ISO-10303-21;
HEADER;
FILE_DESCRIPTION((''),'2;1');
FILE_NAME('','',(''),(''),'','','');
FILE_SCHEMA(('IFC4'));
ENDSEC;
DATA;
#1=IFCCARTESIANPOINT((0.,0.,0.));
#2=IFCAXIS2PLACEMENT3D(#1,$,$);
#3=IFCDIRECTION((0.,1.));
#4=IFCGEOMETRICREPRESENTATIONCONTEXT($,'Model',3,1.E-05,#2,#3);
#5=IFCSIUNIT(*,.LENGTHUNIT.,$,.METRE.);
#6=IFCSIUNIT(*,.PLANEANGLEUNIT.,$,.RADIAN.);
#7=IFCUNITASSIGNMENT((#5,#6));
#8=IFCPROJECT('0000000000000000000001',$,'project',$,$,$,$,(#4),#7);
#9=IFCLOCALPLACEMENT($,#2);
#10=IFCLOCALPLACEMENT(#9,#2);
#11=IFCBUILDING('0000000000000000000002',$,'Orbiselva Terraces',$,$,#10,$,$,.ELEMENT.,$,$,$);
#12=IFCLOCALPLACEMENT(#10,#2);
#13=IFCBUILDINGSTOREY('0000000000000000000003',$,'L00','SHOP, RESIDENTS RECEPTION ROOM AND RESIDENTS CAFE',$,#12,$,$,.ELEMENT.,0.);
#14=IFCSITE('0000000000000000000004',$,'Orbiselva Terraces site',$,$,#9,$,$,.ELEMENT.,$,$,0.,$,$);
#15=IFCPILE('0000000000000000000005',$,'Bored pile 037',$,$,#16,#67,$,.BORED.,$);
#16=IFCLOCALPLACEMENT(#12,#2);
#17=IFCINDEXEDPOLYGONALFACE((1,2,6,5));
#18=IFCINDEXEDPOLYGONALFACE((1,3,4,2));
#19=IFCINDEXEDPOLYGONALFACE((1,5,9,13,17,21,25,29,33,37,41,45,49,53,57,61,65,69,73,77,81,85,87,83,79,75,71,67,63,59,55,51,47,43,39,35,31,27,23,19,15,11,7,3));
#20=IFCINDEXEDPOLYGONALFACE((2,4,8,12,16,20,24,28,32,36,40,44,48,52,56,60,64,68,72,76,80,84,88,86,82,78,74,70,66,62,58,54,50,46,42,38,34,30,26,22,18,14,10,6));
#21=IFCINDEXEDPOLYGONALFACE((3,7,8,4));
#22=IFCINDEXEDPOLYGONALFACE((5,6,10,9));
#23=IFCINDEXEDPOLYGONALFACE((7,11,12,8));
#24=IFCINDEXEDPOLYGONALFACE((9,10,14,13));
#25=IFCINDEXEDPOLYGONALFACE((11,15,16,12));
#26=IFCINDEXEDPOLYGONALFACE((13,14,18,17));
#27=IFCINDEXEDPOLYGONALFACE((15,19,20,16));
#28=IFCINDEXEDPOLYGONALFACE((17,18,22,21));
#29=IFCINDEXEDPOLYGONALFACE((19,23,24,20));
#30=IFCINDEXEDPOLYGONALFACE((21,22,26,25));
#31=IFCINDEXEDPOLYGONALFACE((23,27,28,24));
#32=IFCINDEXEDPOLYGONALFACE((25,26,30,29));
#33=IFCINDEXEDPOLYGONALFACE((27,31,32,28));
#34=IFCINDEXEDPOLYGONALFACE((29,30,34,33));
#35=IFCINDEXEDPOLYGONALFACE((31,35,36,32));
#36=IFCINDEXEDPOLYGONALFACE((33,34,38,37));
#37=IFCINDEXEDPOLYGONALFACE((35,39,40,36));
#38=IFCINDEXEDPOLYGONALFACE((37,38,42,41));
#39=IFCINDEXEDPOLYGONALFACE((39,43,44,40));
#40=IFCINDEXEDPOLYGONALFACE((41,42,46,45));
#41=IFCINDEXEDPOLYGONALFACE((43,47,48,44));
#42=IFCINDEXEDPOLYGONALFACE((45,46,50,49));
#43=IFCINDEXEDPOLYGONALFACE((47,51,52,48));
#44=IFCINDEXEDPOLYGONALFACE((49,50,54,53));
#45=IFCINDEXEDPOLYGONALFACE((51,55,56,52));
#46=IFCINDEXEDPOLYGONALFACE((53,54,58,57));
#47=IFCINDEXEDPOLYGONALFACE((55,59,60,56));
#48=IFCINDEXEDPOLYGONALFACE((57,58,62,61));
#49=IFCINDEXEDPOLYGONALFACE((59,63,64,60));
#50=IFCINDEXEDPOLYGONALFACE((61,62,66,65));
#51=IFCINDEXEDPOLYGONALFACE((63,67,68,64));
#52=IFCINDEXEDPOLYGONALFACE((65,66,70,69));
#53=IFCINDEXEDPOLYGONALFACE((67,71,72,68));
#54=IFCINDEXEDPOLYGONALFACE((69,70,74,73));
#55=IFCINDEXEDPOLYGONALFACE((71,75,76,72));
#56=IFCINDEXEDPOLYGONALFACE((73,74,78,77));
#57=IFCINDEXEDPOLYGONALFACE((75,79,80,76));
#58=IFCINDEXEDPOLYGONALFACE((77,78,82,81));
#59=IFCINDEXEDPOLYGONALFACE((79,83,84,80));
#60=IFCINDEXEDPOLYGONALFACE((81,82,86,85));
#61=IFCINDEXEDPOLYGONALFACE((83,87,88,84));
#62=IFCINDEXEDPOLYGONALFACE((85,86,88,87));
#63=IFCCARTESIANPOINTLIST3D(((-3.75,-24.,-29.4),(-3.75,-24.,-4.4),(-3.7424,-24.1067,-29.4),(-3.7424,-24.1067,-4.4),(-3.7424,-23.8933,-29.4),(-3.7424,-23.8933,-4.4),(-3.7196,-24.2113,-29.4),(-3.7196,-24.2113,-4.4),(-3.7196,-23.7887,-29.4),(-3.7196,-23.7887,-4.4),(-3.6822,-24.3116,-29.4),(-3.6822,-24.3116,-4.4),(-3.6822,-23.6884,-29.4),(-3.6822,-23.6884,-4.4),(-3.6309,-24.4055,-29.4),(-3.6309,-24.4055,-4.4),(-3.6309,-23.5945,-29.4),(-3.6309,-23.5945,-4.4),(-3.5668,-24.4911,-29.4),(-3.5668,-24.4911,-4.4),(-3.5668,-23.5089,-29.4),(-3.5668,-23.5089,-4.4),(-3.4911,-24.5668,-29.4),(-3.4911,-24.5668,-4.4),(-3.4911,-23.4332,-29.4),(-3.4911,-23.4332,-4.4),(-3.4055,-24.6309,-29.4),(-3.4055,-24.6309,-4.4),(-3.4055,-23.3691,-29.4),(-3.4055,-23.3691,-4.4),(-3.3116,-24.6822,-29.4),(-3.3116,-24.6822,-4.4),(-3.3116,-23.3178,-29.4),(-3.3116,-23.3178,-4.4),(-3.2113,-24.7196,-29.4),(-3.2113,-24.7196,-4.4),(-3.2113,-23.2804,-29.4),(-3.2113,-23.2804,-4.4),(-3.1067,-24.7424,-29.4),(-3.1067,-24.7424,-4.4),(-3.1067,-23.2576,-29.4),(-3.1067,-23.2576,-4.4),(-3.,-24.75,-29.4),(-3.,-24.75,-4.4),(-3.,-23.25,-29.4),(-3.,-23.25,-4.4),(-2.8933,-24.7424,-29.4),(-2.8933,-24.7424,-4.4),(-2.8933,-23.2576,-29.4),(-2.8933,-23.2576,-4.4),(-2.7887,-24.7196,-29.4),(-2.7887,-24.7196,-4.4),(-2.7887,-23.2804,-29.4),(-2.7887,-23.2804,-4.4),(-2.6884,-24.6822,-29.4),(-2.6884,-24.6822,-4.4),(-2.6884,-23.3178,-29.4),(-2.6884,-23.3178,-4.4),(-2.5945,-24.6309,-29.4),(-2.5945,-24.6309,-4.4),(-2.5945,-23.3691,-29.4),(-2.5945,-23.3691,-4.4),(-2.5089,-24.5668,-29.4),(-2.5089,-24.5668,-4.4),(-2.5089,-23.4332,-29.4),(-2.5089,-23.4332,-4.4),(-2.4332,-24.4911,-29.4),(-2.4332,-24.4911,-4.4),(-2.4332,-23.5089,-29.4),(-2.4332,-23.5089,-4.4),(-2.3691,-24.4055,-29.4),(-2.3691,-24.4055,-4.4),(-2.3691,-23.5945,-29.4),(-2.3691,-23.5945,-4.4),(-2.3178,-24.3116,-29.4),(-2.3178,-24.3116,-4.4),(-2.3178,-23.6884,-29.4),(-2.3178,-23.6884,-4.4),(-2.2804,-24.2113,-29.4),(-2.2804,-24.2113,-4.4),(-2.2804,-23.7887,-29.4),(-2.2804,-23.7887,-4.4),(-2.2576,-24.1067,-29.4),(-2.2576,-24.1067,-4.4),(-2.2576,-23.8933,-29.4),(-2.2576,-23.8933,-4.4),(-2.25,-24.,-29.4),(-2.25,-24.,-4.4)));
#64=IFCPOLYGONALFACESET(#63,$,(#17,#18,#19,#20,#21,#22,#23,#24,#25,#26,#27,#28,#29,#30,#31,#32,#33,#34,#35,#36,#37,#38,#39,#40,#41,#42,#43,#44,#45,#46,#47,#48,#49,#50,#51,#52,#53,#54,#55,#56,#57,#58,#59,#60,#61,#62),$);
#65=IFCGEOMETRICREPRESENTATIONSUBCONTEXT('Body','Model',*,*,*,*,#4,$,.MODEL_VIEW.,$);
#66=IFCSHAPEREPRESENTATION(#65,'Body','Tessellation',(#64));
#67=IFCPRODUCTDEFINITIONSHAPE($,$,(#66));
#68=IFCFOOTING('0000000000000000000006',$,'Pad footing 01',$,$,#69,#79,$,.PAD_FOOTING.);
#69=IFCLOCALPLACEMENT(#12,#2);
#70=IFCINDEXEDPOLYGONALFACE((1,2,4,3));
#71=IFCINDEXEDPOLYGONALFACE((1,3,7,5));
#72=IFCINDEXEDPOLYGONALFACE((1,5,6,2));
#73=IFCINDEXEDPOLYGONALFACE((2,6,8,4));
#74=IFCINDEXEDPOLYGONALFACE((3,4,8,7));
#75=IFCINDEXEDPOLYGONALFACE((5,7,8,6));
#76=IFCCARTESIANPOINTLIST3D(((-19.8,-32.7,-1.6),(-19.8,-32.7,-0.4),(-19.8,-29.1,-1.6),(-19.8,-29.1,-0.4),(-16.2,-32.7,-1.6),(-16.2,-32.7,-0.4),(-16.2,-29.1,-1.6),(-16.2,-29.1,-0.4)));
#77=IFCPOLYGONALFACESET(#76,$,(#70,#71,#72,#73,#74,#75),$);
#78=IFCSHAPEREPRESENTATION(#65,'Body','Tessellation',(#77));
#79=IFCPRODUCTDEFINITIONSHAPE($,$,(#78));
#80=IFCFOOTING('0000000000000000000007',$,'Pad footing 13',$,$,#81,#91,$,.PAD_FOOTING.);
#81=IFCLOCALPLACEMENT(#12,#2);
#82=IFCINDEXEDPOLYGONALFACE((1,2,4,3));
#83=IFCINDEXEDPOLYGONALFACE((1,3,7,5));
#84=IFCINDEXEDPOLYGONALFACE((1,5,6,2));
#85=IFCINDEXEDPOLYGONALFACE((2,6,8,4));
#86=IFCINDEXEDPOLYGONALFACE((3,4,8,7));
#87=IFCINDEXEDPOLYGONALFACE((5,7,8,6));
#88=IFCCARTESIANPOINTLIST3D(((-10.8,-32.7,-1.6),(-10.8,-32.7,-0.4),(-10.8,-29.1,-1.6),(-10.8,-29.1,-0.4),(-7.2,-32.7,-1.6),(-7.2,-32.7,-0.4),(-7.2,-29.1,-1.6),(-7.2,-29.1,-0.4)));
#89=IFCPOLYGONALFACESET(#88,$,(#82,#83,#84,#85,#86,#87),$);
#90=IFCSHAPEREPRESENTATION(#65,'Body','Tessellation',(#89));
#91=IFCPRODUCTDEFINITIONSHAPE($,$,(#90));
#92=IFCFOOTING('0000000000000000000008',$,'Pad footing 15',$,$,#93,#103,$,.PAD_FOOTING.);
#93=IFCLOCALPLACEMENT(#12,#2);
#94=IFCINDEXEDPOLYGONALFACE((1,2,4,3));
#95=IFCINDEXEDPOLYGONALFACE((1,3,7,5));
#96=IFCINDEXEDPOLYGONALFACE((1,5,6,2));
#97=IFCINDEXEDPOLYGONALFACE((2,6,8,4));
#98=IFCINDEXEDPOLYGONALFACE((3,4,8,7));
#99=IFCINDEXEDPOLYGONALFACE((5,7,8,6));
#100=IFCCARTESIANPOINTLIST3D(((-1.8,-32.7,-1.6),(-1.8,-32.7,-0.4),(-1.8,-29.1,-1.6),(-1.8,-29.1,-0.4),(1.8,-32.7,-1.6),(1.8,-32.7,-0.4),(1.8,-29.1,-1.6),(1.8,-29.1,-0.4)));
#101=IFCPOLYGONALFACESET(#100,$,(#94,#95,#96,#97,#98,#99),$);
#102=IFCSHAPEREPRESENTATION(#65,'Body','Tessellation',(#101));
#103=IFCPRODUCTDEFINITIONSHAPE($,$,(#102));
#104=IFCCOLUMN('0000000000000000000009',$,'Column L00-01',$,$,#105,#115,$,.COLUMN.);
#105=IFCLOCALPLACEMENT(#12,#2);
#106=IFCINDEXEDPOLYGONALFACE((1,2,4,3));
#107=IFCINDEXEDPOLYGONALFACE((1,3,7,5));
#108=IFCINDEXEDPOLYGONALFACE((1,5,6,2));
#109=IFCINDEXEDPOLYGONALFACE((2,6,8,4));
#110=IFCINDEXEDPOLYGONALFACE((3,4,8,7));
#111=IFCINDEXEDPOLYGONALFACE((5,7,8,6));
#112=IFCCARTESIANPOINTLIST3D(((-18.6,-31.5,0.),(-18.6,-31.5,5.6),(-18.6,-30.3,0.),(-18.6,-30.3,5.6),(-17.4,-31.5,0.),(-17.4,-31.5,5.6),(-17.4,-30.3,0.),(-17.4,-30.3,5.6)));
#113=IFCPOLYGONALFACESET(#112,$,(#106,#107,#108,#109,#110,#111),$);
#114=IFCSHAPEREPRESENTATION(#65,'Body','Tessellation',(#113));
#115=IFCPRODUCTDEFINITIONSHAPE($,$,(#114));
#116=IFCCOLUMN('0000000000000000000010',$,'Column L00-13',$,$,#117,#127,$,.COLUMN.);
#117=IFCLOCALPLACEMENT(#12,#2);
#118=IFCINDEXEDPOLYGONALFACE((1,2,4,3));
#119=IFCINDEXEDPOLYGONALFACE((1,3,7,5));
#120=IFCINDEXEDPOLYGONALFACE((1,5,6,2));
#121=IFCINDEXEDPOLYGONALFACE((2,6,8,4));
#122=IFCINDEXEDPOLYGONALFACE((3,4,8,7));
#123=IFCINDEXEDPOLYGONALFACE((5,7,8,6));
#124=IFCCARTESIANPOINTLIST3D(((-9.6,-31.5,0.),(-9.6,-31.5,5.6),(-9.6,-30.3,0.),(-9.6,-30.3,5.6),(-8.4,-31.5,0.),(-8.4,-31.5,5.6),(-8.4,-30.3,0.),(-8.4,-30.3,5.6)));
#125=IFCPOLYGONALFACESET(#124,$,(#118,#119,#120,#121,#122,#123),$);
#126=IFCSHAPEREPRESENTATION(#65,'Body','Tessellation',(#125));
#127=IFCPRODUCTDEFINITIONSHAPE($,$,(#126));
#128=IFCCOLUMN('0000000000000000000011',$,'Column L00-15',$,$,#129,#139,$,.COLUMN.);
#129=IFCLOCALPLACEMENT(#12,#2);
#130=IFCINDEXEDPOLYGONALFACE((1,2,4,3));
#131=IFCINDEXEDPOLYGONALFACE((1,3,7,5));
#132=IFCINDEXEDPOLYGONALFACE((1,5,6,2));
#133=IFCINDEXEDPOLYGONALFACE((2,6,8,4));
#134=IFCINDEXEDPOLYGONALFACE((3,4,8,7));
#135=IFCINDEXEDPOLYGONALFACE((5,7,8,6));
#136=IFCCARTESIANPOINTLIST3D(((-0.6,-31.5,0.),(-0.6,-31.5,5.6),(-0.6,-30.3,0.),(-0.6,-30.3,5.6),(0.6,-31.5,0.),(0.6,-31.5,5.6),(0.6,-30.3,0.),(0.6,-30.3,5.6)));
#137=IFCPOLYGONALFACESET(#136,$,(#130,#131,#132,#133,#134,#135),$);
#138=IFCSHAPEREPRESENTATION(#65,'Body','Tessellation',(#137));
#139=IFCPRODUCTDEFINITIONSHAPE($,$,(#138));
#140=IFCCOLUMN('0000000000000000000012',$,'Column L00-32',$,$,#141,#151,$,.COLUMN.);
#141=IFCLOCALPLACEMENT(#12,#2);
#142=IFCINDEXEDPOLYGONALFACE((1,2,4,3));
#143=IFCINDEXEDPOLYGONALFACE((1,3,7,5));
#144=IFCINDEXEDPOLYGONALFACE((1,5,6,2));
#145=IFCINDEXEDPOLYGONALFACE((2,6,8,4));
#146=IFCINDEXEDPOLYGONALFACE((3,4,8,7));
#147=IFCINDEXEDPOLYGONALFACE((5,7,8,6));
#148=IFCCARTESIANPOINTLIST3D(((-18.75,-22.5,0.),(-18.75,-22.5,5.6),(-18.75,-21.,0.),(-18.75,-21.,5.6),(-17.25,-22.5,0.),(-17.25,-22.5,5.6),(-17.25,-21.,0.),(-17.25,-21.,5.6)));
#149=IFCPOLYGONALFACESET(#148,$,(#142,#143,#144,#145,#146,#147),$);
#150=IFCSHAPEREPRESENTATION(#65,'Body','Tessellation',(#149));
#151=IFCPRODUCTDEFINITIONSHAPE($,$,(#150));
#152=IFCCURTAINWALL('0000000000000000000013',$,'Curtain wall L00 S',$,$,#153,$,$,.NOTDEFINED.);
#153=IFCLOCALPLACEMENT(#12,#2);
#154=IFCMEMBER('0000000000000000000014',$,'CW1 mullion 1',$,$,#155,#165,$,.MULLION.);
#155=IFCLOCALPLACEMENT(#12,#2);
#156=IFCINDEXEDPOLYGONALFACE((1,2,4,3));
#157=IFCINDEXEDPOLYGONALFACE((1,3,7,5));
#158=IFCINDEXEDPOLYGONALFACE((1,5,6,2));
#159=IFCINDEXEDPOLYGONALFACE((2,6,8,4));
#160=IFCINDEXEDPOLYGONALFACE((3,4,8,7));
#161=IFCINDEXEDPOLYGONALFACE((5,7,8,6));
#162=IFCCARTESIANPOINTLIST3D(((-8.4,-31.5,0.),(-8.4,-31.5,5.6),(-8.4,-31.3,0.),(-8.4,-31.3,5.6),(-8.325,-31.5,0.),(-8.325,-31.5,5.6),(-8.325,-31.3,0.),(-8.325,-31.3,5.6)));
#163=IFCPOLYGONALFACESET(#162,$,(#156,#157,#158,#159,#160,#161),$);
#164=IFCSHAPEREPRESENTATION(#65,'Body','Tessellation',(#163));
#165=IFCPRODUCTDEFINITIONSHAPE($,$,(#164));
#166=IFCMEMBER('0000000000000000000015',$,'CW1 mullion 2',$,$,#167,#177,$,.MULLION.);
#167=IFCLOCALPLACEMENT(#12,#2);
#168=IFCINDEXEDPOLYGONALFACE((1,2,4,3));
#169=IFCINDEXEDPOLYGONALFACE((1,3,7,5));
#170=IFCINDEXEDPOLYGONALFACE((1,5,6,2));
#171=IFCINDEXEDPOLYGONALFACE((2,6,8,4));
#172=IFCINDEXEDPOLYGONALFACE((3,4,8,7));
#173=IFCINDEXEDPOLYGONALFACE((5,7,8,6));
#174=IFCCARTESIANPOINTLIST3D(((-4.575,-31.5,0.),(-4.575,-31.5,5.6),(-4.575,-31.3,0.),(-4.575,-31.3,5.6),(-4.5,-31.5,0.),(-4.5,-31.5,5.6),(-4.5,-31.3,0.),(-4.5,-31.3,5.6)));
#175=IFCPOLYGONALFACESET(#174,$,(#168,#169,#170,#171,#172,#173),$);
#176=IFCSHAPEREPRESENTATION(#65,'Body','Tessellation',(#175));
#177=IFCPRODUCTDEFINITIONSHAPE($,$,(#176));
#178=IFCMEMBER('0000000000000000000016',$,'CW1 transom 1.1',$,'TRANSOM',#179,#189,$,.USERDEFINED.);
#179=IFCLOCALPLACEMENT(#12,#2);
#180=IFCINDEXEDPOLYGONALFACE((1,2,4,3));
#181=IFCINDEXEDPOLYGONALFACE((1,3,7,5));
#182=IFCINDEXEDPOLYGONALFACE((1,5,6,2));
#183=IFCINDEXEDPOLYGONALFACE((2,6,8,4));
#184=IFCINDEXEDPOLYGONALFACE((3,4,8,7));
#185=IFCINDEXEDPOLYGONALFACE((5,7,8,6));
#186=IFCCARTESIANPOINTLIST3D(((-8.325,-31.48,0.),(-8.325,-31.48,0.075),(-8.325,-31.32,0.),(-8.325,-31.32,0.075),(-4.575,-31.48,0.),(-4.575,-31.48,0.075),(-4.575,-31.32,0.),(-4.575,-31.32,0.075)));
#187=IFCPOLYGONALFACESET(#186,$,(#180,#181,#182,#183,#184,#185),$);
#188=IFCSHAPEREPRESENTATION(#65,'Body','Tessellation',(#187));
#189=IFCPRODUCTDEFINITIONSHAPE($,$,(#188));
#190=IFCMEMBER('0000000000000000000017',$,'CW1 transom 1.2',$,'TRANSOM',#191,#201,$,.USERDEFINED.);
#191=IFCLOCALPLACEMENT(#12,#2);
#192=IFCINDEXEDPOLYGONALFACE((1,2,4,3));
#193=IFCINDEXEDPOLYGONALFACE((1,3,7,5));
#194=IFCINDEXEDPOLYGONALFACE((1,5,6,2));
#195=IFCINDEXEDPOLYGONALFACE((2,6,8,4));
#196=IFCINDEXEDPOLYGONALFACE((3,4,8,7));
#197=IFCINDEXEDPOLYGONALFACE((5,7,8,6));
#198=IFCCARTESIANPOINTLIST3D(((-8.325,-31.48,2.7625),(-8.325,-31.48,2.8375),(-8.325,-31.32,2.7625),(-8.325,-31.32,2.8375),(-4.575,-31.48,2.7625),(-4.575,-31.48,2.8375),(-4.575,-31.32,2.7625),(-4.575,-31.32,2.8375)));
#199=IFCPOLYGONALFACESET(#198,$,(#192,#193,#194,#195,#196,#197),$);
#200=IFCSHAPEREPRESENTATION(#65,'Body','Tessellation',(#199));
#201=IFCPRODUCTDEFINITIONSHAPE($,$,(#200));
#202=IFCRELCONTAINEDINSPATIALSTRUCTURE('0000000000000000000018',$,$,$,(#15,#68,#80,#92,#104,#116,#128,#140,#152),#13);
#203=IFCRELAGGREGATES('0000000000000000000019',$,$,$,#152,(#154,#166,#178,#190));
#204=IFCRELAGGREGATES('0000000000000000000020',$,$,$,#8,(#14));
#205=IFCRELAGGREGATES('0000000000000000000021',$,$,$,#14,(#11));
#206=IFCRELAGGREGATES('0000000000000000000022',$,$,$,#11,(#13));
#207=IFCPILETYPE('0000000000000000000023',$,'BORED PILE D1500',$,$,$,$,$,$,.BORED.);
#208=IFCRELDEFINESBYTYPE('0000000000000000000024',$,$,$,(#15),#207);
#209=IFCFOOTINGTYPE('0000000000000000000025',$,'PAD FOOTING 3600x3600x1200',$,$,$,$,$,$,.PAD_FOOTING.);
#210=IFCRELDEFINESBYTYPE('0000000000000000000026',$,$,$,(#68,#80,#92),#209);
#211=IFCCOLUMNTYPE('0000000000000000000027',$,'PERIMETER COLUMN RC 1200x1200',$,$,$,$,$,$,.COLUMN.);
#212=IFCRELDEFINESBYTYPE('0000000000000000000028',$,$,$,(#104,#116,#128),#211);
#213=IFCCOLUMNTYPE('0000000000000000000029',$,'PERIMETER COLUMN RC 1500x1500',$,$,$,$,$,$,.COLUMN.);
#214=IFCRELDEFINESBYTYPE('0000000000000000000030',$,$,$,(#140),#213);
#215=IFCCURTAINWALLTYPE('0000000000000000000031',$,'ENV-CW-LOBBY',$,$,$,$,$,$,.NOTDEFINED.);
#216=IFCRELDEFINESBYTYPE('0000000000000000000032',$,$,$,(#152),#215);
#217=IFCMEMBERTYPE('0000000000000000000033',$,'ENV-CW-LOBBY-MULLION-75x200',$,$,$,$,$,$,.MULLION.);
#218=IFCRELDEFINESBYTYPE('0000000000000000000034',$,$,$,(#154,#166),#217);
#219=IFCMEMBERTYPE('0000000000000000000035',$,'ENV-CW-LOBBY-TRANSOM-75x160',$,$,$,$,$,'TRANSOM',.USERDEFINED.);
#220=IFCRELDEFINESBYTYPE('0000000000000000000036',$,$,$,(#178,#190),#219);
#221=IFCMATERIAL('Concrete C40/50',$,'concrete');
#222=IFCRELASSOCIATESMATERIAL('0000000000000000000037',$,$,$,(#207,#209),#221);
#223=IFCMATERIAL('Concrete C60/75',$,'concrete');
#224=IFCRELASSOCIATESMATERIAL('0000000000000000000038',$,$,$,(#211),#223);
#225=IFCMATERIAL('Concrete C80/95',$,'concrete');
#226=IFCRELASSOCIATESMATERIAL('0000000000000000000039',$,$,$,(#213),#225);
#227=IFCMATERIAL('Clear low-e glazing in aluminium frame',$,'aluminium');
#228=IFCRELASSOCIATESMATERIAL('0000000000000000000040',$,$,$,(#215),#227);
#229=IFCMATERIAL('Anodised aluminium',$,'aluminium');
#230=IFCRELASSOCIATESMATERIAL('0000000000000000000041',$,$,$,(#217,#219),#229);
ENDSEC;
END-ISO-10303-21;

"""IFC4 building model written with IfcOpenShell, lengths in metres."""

from ifc_helpers import new_model, si_unit, direction, frame, origin, origin_2d, place, context, subcontext, project, spatial, rectangle, circle, extrude, material, material_profile, profile_set, type_object, element, aggregate, save


model = new_model("IFC4")

# Units and contexts
model_context = context("Model", 3, precision=1e-05, world=origin(), true_north=direction((0.0, 1.0)))
body_context = subcontext(model_context, "Body", "Model", "MODEL_VIEW")
ifc_project = project(units=[si_unit("LENGTHUNIT", "METRE"), si_unit("PLANEANGLEUNIT", "RADIAN")], contexts=[model_context])

# Site, building, storey
site_placement = place(None, origin())
site = spatial("IfcSite", under=ifc_project, at=site_placement, Name="Orbiselva Terraces site", CompositionType="ELEMENT", RefElevation=0.0)
building_placement = place(site_placement, origin())
building = spatial("IfcBuilding", under=site, at=building_placement, Name="Orbiselva Terraces", CompositionType="ELEMENT")
storey_placement = place(building_placement, origin())
storey = spatial("IfcBuildingStorey", under=building, at=storey_placement, Name="L00", Description="SHOP, RESIDENTS RECEPTION ROOM AND RESIDENTS CAFE", CompositionType="ELEMENT", Elevation=0.0)

# Pile
ifc_material_1 = material(Name="Concrete C40/50", Category="concrete")
ifc_material_profile_1 = material_profile(ifc_material_1, circle(Radius=0.75, at=origin_2d()), Name="D1500")
ifc_profile_set_1 = profile_set([ifc_material_profile_1], Name="Concrete C40/50")
pile_type = type_object("IfcPileType", Name="BORED PILE D1500", PredefinedType="BORED", material=ifc_profile_set_1)
for number, where, z_axis, x_axis, name in (
    (1, (-3.0, -24.0, -4.4), (0.0, 0.0, -1.0), (1.0, 0.0, 0.0), "Bored pile 037"),
):
    element("IfcPile", number, at=place(storey_placement, frame(where, z_axis=z_axis, x_axis=x_axis)), inside=storey, type_object=pile_type, Name=name, PredefinedType="BORED", context=body_context, shape_type="SweptSolid", body=[
        extrude(circle(Radius=0.75, at=origin_2d()), origin(), (0.0, 0.0, 1.0), 25.0),
    ])

# Footings
footing_type = type_object("IfcFootingType", Name="PAD FOOTING 3600x3600x1200", PredefinedType="PAD_FOOTING", material=ifc_material_1)
for number, where, z_axis, x_axis, name in (
    (2, (-18.0, -30.9, -1.6), (0.0, 0.0, 1.0), (1.0, 0.0, 0.0), "Pad footing 01"),
    (3, (-9.0, -30.9, -1.6), (0.0, 0.0, 1.0), (1.0, 0.0, 0.0), "Pad footing 13"),
    (4, (0.0, -30.9, -1.6), (0.0, 0.0, 1.0), (1.0, 0.0, 0.0), "Pad footing 15"),
):
    element("IfcFooting", number, at=place(storey_placement, frame(where, z_axis=z_axis, x_axis=x_axis)), inside=storey, type_object=footing_type, Name=name, PredefinedType="PAD_FOOTING", context=body_context, shape_type="SweptSolid", body=[
        extrude(rectangle(XDim=3.6, YDim=3.6, at=origin_2d()), origin(), (0.0, 0.0, 1.0), 1.2),
    ])

# Columns
ifc_material_2 = material(Name="Concrete C60/75", Category="concrete")
ifc_material_profile_2 = material_profile(ifc_material_2, rectangle(XDim=1.2, YDim=1.2, at=origin_2d()), Name="RC 1200x1200")
ifc_profile_set_2 = profile_set([ifc_material_profile_2], Name="Concrete C60/75")
column_type_1 = type_object("IfcColumnType", Name="PERIMETER COLUMN RC 1200x1200", PredefinedType="COLUMN", material=ifc_profile_set_2)
for number, where, z_axis, x_axis, name in (
    (5, (-18.0, -30.9, 0.0), (0.0, 0.0, 1.0), (1.0, 0.0, 0.0), "Column L00-01"),
    (6, (-9.0, -30.9, 0.0), (0.0, 0.0, 1.0), (1.0, 0.0, 0.0), "Column L00-13"),
    (7, (0.0, -30.9, 0.0), (0.0, 0.0, 1.0), (1.0, 0.0, 0.0), "Column L00-15"),
):
    element("IfcColumn", number, at=place(storey_placement, frame(where, z_axis=z_axis, x_axis=x_axis)), inside=storey, type_object=column_type_1, Name=name, PredefinedType="COLUMN", context=body_context, shape_type="SweptSolid", body=[
        extrude(rectangle(XDim=1.2, YDim=1.2, at=origin_2d()), origin(), (0.0, 0.0, 1.0), 5.6),
    ])
ifc_material_3 = material(Name="Concrete C80/95", Category="concrete")
ifc_material_profile_3 = material_profile(ifc_material_3, rectangle(XDim=1.5, YDim=1.5, at=origin_2d()), Name="RC 1500x1500")
ifc_profile_set_3 = profile_set([ifc_material_profile_3], Name="Concrete C80/95")
column_type_2 = type_object("IfcColumnType", Name="PERIMETER COLUMN RC 1500x1500", PredefinedType="COLUMN", material=ifc_profile_set_3)
column_placement = place(storey_placement, frame((-18.0, -21.75, 0.0), z_axis=(0.0, 0.0, 1.0), x_axis=(1.0, 0.0, 0.0)))
element("IfcColumn", 8, at=column_placement, inside=storey, type_object=column_type_2, Name="Column L00-32", PredefinedType="COLUMN", context=body_context, shape_type="SweptSolid", body=[
    extrude(rectangle(XDim=1.5, YDim=1.5, at=origin_2d()), origin(), (0.0, 0.0, 1.0), 5.6),
])

# Curtain wall, members
ifc_material_4 = material(Name="Clear low-e glazing in aluminium frame", Category="aluminium")
curtain_wall_type = type_object("IfcCurtainWallType", Name="ENV-CW-LOBBY", PredefinedType="NOTDEFINED", material=ifc_material_4)
curtain_wall_placement = place(storey_placement, origin())
curtain_wall = element("IfcCurtainWall", 9, at=curtain_wall_placement, inside=storey, type_object=curtain_wall_type, Name="Curtain wall L00 S", PredefinedType="NOTDEFINED")
ifc_material_5 = material(Name="Anodised aluminium", Category="aluminium")
ifc_material_profile_4 = material_profile(ifc_material_5, rectangle(XDim=0.2, YDim=0.075, at=origin_2d()), Name="AL 75x200")
ifc_profile_set_4 = profile_set([ifc_material_profile_4], Name="Anodised aluminium")
member_type_1 = type_object("IfcMemberType", Name="ENV-CW-LOBBY-MULLION-75x200", PredefinedType="MULLION", material=ifc_profile_set_4)
member_1_placement = place(storey_placement, frame((-8.3625, -31.4, 0.0), z_axis=(0.0, 0.0, 1.0), x_axis=(0.0, 1.0, 0.0)))
member_1 = element("IfcMember", 10, at=member_1_placement, type_object=member_type_1, Name="CW1 mullion 1", PredefinedType="MULLION", context=body_context, shape_type="SweptSolid", body=[
    extrude(rectangle(XDim=0.2, YDim=0.075, at=origin_2d()), origin(), (0.0, 0.0, 1.0), 5.6),
])
member_2_placement = place(storey_placement, frame((-4.5375, -31.4, 0.0), z_axis=(0.0, 0.0, 1.0), x_axis=(0.0, 1.0, 0.0)))
member_2 = element("IfcMember", 11, at=member_2_placement, type_object=member_type_1, Name="CW1 mullion 2", PredefinedType="MULLION", context=body_context, shape_type="SweptSolid", body=[
    extrude(rectangle(XDim=0.2, YDim=0.075, at=origin_2d()), origin(), (0.0, 0.0, 1.0), 5.6),
])
ifc_material_profile_5 = material_profile(ifc_material_5, rectangle(XDim=0.16, YDim=0.075, at=origin_2d()), Name="AL 75x160")
ifc_profile_set_5 = profile_set([ifc_material_profile_5], Name="Anodised aluminium")
member_type_2 = type_object("IfcMemberType", Name="ENV-CW-LOBBY-TRANSOM-75x160", ElementType="TRANSOM", PredefinedType="USERDEFINED", material=ifc_profile_set_5)
member_3_placement = place(storey_placement, frame((-8.325, -31.4, 0.0375), z_axis=(1.0, 0.0, 0.0), x_axis=(0.0, 1.0, 0.0)))
member_3 = element("IfcMember", 12, at=member_3_placement, type_object=member_type_2, Name="CW1 transom 1.1", ObjectType="TRANSOM", PredefinedType="USERDEFINED", context=body_context, shape_type="SweptSolid", body=[
    extrude(rectangle(XDim=0.16, YDim=0.075, at=origin_2d()), origin(), (0.0, 0.0, 1.0), 3.75),
])
member_4_placement = place(storey_placement, frame((-8.325, -31.4, 2.8), z_axis=(1.0, 0.0, 0.0), x_axis=(0.0, 1.0, 0.0)))
member_4 = element("IfcMember", 13, at=member_4_placement, type_object=member_type_2, Name="CW1 transom 1.2", ObjectType="TRANSOM", PredefinedType="USERDEFINED", context=body_context, shape_type="SweptSolid", body=[
    extrude(rectangle(XDim=0.16, YDim=0.075, at=origin_2d()), origin(), (0.0, 0.0, 1.0), 3.75),
])
aggregate(curtain_wall, [member_1, member_2, member_3, member_4])

save(model, "model.ifc")
